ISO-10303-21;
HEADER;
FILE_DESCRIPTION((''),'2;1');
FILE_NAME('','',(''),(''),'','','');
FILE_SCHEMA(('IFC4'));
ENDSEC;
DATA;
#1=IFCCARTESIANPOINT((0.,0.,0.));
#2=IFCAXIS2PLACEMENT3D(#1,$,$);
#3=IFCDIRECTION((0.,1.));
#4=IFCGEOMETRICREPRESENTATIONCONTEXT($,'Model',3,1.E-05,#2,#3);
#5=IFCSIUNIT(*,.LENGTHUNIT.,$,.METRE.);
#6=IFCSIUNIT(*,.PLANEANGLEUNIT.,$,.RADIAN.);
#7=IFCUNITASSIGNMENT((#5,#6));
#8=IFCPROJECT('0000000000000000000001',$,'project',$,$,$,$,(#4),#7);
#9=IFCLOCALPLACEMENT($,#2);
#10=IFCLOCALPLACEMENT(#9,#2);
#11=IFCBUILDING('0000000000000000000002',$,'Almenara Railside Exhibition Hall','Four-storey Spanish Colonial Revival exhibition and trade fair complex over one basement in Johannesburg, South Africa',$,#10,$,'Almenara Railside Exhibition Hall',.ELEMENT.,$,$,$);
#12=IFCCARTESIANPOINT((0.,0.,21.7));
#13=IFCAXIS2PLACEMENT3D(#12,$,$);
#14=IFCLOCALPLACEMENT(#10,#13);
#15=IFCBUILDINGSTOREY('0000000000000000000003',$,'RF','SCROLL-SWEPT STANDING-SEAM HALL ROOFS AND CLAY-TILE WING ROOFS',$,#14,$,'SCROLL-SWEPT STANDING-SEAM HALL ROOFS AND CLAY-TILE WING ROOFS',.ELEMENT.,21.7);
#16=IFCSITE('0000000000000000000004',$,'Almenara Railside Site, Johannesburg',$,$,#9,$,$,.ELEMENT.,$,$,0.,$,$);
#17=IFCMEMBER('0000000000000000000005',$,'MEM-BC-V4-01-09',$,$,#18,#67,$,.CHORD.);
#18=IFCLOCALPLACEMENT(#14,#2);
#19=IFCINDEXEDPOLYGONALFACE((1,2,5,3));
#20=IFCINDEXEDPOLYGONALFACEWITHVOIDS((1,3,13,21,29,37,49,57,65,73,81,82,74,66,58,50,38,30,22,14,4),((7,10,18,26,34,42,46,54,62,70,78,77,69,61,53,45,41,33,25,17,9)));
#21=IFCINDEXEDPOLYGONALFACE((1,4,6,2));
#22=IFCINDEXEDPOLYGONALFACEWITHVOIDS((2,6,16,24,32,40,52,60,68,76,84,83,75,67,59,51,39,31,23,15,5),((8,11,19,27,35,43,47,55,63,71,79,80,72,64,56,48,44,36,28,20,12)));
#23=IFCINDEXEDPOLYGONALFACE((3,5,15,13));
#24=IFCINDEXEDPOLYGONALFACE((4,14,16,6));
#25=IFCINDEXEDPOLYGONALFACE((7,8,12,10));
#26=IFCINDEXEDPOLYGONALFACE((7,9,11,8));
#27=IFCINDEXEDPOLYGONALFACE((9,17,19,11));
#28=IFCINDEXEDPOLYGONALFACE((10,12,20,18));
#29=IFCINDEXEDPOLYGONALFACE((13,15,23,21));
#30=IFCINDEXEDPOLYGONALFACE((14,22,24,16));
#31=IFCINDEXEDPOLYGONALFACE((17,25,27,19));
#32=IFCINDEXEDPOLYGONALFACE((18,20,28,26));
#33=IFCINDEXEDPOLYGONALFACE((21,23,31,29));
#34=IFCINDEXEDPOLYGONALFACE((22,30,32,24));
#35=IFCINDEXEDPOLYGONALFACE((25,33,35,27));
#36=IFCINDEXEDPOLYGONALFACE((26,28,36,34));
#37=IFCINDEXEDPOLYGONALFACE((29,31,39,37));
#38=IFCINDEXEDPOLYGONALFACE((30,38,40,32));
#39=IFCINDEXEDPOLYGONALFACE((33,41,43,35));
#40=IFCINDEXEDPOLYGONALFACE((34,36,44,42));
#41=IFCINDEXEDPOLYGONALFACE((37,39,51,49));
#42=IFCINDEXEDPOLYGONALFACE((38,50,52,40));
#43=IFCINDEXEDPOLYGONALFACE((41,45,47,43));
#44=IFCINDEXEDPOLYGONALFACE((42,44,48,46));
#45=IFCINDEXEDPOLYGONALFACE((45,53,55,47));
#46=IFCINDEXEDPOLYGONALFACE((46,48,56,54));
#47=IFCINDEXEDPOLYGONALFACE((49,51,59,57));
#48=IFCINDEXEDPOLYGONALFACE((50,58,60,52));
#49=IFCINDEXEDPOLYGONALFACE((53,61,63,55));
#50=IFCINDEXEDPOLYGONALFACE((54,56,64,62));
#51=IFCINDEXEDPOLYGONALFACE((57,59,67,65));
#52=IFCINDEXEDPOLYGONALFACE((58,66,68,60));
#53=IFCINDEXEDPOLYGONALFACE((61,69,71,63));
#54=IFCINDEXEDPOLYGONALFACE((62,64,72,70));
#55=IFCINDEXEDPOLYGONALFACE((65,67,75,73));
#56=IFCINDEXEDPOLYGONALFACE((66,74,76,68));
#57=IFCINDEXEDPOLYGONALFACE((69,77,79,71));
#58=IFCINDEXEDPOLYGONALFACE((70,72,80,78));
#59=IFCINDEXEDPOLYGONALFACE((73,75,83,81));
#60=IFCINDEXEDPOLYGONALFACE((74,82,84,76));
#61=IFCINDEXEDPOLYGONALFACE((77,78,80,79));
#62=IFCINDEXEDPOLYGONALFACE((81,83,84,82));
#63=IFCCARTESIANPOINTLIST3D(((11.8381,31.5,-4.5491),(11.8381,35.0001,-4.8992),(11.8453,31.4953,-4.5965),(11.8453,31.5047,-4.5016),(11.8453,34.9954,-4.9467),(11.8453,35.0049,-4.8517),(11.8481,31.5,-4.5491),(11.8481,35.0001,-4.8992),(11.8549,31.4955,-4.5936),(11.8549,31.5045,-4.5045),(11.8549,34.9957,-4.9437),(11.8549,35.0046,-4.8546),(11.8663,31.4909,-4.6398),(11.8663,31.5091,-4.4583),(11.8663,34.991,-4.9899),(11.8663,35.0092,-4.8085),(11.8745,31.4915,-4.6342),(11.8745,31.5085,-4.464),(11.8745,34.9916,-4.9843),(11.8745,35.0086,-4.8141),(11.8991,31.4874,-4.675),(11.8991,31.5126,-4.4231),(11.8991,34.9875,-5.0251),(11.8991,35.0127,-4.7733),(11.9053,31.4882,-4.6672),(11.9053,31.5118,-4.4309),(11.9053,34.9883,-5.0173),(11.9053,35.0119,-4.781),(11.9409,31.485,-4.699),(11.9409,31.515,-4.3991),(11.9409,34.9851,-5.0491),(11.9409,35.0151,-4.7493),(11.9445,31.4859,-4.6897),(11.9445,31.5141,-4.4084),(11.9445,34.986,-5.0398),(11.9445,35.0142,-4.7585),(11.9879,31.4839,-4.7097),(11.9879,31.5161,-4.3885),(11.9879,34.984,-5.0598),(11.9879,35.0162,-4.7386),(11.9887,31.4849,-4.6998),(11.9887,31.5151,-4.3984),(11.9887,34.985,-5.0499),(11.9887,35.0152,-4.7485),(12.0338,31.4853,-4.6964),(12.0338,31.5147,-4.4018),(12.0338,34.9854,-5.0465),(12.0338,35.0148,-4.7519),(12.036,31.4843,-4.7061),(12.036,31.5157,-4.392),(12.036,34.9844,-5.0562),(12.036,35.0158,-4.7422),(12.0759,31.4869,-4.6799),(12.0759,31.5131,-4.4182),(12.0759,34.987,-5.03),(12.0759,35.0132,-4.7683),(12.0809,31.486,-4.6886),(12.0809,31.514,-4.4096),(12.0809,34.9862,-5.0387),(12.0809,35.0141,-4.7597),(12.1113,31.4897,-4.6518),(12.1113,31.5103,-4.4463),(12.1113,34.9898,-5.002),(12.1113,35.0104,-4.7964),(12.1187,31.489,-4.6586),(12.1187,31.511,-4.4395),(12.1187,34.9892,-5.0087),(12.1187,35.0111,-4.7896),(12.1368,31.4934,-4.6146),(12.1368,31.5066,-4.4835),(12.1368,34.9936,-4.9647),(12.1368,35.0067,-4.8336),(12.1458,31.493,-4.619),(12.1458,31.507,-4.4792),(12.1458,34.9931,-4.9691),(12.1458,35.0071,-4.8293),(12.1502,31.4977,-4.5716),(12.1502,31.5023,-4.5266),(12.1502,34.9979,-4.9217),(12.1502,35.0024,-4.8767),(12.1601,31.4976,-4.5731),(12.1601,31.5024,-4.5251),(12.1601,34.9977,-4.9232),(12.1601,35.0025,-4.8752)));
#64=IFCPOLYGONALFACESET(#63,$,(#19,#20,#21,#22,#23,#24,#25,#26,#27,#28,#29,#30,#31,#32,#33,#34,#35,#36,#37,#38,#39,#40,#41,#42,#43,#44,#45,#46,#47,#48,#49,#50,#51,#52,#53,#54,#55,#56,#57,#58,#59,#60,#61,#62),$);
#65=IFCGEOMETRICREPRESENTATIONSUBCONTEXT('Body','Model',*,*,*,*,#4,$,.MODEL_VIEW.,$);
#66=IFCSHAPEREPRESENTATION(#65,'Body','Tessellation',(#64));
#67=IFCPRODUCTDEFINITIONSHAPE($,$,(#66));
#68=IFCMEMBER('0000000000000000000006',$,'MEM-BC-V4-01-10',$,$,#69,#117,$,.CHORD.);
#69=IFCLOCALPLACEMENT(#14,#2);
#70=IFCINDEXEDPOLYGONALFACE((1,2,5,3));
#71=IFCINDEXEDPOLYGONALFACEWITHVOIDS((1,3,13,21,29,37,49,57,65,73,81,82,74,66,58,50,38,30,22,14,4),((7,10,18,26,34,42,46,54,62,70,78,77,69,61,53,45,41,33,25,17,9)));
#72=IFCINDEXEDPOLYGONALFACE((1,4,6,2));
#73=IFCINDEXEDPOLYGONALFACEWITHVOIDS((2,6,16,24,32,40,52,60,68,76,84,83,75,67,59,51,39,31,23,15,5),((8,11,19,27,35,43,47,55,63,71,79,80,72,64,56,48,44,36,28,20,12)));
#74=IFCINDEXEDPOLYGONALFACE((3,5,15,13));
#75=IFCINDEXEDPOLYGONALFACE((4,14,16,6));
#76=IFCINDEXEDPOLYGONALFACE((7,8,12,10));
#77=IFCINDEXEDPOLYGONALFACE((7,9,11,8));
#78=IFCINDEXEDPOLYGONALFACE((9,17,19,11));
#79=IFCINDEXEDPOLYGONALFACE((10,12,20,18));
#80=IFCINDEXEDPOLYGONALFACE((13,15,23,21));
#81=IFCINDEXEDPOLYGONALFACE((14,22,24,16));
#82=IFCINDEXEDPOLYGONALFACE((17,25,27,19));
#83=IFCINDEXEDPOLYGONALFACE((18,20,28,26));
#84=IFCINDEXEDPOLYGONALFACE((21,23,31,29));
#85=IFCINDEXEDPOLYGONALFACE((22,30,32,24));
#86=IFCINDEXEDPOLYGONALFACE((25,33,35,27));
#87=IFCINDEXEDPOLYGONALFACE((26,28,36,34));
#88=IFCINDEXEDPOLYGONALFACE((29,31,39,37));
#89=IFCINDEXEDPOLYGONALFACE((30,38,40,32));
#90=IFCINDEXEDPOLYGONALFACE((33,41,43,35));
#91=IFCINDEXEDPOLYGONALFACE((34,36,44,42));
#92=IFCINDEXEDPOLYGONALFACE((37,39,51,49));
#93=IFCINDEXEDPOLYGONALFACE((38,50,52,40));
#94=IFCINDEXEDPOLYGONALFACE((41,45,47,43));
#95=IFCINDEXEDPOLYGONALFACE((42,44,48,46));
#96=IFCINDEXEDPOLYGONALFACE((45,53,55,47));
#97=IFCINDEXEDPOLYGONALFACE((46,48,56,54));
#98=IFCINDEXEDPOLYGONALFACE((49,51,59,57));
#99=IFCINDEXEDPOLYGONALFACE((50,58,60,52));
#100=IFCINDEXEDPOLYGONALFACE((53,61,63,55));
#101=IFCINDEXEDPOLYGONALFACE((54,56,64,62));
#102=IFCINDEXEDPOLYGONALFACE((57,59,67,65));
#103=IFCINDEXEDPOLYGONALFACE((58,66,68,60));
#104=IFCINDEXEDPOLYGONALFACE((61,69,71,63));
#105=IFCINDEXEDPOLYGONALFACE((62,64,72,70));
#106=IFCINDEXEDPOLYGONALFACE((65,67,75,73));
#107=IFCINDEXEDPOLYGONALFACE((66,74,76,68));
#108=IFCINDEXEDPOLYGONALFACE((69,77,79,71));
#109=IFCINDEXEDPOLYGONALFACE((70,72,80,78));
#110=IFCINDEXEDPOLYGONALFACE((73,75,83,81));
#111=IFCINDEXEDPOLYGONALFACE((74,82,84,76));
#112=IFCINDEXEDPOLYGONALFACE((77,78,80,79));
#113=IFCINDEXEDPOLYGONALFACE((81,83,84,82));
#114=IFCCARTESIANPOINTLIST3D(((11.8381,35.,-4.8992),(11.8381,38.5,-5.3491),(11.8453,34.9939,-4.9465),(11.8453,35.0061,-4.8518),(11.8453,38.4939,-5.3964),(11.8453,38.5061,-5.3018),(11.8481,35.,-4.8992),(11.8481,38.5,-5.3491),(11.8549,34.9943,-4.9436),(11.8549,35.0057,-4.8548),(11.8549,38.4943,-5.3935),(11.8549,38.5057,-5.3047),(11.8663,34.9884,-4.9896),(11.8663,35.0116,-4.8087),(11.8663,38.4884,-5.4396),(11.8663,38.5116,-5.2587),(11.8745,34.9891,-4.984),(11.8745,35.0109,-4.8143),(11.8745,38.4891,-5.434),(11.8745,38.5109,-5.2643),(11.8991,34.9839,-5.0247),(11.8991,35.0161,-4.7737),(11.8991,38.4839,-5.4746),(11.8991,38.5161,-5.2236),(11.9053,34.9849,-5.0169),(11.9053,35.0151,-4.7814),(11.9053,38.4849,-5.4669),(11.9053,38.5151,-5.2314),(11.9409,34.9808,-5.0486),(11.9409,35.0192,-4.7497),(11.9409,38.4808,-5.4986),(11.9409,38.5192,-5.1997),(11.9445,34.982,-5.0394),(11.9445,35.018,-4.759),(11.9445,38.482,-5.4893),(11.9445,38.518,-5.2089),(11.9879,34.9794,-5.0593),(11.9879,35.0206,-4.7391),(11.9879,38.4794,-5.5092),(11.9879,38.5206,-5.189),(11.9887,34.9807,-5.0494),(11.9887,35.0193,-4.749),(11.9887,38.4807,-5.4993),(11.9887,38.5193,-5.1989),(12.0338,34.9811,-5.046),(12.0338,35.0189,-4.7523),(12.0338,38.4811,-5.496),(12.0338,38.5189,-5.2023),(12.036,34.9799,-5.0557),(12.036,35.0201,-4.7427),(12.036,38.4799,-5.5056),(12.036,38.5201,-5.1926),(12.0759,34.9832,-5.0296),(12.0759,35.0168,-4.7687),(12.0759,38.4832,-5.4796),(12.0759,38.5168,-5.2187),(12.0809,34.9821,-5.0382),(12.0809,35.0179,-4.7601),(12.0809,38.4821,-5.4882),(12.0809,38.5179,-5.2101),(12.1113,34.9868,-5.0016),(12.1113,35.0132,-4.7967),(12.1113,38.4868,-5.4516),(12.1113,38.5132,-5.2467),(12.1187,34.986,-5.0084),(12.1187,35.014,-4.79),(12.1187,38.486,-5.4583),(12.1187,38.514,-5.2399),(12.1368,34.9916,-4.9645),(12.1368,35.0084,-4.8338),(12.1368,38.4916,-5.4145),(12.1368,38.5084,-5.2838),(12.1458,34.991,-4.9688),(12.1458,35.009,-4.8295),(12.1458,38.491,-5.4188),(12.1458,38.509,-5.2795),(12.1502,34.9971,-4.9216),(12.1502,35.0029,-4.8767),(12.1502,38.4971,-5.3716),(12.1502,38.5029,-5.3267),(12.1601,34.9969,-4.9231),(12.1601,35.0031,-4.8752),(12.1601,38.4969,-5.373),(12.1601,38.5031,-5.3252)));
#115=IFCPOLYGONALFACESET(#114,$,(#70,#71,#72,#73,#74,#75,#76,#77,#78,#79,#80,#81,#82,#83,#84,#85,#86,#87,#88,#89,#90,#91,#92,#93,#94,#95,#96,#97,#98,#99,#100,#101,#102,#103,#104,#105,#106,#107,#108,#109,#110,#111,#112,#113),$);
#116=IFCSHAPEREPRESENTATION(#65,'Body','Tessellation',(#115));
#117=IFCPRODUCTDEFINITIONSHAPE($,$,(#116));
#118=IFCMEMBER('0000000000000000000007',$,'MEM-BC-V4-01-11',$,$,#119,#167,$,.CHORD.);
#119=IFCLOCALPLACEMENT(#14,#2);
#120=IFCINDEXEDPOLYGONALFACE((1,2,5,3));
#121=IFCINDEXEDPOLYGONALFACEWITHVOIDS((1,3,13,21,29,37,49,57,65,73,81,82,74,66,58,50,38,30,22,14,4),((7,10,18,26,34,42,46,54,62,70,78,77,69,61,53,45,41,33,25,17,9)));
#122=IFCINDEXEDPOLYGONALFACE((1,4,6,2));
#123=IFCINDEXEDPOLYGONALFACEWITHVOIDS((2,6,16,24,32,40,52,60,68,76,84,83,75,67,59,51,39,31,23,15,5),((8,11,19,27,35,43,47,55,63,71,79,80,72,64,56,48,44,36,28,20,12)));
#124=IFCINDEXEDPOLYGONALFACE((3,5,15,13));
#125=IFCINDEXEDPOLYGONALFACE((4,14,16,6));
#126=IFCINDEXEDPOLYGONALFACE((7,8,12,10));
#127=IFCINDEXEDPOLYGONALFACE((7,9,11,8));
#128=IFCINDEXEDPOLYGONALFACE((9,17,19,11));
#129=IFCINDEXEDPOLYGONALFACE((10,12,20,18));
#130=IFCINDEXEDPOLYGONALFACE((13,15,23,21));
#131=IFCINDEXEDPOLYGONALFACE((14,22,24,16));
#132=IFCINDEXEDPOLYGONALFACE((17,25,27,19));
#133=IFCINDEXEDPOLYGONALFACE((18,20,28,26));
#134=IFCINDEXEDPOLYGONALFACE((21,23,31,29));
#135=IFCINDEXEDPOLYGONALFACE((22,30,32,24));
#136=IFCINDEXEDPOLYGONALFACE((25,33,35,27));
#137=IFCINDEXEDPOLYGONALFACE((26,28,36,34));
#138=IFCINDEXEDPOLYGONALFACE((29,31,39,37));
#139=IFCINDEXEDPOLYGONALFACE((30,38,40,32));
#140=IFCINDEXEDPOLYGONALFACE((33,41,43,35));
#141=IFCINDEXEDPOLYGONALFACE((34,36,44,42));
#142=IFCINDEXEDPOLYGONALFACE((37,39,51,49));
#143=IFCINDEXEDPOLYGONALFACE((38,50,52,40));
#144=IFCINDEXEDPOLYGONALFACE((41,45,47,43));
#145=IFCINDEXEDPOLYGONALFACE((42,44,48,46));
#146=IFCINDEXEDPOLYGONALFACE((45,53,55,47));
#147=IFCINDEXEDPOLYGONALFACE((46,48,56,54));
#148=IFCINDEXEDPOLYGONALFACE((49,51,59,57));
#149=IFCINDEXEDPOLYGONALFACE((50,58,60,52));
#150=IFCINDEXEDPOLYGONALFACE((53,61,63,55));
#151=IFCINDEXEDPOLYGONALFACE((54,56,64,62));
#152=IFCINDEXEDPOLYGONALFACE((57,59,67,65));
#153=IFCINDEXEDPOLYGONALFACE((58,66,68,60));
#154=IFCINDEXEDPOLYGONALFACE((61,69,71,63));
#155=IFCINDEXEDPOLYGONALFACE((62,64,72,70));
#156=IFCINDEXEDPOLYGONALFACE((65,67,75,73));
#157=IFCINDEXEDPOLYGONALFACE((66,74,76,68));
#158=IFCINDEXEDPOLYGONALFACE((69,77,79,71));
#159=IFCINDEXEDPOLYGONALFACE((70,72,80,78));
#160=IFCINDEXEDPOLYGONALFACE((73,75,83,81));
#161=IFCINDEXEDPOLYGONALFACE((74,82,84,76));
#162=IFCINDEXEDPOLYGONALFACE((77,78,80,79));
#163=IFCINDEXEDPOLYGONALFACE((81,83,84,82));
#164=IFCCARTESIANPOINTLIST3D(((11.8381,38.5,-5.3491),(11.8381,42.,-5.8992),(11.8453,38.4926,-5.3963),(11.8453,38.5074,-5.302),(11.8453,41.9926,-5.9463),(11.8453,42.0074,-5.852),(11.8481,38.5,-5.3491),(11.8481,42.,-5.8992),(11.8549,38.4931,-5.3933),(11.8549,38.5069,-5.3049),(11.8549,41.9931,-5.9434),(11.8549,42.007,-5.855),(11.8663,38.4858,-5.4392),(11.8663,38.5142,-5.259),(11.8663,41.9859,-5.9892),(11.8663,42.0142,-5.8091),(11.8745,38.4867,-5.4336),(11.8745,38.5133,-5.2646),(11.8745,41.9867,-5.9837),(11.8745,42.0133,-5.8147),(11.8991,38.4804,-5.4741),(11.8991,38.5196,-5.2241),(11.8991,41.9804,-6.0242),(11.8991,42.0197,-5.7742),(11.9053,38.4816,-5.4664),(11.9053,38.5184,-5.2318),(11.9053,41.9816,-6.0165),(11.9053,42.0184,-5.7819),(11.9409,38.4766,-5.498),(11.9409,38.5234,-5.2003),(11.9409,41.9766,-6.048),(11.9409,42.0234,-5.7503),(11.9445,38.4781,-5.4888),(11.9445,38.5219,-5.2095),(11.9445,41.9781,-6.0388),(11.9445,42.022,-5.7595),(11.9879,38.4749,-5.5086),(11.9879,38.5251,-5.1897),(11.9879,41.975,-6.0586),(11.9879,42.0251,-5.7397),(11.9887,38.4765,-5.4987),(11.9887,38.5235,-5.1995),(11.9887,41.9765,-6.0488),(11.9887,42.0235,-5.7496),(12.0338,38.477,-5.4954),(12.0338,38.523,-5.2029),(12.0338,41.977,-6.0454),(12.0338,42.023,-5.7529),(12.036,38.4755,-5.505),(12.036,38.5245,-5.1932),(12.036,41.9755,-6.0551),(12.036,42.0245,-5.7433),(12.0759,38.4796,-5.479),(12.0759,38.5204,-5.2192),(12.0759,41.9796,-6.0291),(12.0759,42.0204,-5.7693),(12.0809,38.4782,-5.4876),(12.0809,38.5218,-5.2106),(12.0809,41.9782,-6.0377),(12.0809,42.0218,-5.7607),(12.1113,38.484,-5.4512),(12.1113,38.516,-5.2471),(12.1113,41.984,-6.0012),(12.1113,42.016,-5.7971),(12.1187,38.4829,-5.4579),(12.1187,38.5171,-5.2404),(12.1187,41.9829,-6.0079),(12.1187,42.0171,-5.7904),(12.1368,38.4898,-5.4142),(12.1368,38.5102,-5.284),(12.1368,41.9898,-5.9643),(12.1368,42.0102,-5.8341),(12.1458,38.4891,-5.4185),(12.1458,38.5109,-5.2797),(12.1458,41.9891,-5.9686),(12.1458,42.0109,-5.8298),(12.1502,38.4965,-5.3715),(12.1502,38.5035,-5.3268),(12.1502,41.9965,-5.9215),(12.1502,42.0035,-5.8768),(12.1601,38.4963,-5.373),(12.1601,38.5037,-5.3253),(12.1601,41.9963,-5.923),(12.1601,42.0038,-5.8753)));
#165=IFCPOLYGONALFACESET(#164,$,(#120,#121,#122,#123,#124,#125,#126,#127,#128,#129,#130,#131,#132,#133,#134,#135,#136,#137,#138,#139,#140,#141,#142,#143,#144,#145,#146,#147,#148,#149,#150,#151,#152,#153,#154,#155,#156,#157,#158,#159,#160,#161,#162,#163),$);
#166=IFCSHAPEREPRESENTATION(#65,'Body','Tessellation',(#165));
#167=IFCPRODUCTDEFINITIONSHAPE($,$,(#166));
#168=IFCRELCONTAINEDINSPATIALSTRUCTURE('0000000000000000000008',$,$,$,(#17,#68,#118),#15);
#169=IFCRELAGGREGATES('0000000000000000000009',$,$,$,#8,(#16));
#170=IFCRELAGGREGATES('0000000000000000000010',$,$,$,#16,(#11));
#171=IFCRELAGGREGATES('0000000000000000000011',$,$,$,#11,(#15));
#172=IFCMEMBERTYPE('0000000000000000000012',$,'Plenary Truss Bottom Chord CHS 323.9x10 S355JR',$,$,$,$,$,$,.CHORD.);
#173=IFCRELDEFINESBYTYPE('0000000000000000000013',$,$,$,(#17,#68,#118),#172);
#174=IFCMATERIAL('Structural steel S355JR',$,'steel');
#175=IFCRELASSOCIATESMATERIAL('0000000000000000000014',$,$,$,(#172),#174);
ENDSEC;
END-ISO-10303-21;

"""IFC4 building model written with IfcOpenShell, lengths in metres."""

from ifc_helpers import new_model, si_unit, direction, frame, origin, origin_2d, place, context, subcontext, project, spatial, hollow_circle, extrude, material, material_profile, profile_set, type_object, element, save


model = new_model("IFC4")

# Units and contexts
model_context = context("Model", 3, precision=1e-05, world=origin(), true_north=direction((0.0, 1.0)))
body_context = subcontext(model_context, "Body", "Model", "MODEL_VIEW")
ifc_project = project(units=[si_unit("LENGTHUNIT", "METRE"), si_unit("PLANEANGLEUNIT", "RADIAN")], contexts=[model_context])

# Site, building, storey
site_placement = place(None, origin())
site = spatial("IfcSite", under=ifc_project, at=site_placement, Name="Almenara Railside Site, Johannesburg", CompositionType="ELEMENT", RefElevation=0.0)
building_placement = place(site_placement, origin())
building = spatial("IfcBuilding", under=site, at=building_placement, Name="Almenara Railside Exhibition Hall", Description="Four-storey Spanish Colonial Revival exhibition and trade fair complex over one basement in Johannesburg, South Africa", LongName="Almenara Railside Exhibition Hall", CompositionType="ELEMENT")
storey_placement = place(building_placement, frame((0.0, 0.0, 21.7)))
storey = spatial("IfcBuildingStorey", under=building, at=storey_placement, Name="RF", Description="SCROLL-SWEPT STANDING-SEAM HALL ROOFS AND CLAY-TILE WING ROOFS", LongName="SCROLL-SWEPT STANDING-SEAM HALL ROOFS AND CLAY-TILE WING ROOFS", CompositionType="ELEMENT", Elevation=21.7)

# Shared definitions
ifc_material_1 = material(Name="Structural steel S355JR", Category="steel")

# Members
ifc_material_profile_1 = material_profile(ifc_material_1, hollow_circle(Radius=0.1619, WallThickness=0.01, at=origin_2d()), Name="CHS 323.9x10")
ifc_profile_set_1 = profile_set([ifc_material_profile_1], Name="Structural steel S355JR")
member_type_1 = type_object("IfcMemberType", Name="Plenary Truss Bottom Chord CHS 323.9x10 S355JR", PredefinedType="CHORD", material=ifc_profile_set_1)
member_1_placement = place(storey_placement, frame((12.0, 31.5, -4.5491), z_axis=(0.0, 0.995034, -0.099531), x_axis=(-1.0, 0.0, 0.0)))
element("IfcMember", 1, at=member_1_placement, inside=storey, type_object=member_type_1, Name="MEM-BC-V4-01-09", PredefinedType="CHORD", context=body_context, shape_type="SweptSolid", body=[
    extrude(hollow_circle(Radius=0.1619, WallThickness=0.01, at=origin_2d()), origin(), (0.0, 0.0, 1.0), 3.5176),
])
member_2_placement = place(storey_placement, frame((12.0, 35.0, -4.8992), z_axis=(0.0, 0.991838, -0.127508), x_axis=(-1.0, 0.0, 0.0)))
element("IfcMember", 2, at=member_2_placement, inside=storey, type_object=member_type_1, Name="MEM-BC-V4-01-10", PredefinedType="CHORD", context=body_context, shape_type="SweptSolid", body=[
    extrude(hollow_circle(Radius=0.1619, WallThickness=0.01, at=origin_2d()), origin(), (0.0, 0.0, 1.0), 3.5288),
])
member_3_placement = place(storey_placement, frame((12.0, 38.5, -5.3491), z_axis=(0.0, 0.987875, -0.155251), x_axis=(-1.0, 0.0, 0.0)))
element("IfcMember", 3, at=member_3_placement, inside=storey, type_object=member_type_1, Name="MEM-BC-V4-01-11", PredefinedType="CHORD", context=body_context, shape_type="SweptSolid", body=[
    extrude(hollow_circle(Radius=0.1619, WallThickness=0.01, at=origin_2d()), origin(), (0.0, 0.0, 1.0), 3.543),
])

save(model, "model.ifc")
